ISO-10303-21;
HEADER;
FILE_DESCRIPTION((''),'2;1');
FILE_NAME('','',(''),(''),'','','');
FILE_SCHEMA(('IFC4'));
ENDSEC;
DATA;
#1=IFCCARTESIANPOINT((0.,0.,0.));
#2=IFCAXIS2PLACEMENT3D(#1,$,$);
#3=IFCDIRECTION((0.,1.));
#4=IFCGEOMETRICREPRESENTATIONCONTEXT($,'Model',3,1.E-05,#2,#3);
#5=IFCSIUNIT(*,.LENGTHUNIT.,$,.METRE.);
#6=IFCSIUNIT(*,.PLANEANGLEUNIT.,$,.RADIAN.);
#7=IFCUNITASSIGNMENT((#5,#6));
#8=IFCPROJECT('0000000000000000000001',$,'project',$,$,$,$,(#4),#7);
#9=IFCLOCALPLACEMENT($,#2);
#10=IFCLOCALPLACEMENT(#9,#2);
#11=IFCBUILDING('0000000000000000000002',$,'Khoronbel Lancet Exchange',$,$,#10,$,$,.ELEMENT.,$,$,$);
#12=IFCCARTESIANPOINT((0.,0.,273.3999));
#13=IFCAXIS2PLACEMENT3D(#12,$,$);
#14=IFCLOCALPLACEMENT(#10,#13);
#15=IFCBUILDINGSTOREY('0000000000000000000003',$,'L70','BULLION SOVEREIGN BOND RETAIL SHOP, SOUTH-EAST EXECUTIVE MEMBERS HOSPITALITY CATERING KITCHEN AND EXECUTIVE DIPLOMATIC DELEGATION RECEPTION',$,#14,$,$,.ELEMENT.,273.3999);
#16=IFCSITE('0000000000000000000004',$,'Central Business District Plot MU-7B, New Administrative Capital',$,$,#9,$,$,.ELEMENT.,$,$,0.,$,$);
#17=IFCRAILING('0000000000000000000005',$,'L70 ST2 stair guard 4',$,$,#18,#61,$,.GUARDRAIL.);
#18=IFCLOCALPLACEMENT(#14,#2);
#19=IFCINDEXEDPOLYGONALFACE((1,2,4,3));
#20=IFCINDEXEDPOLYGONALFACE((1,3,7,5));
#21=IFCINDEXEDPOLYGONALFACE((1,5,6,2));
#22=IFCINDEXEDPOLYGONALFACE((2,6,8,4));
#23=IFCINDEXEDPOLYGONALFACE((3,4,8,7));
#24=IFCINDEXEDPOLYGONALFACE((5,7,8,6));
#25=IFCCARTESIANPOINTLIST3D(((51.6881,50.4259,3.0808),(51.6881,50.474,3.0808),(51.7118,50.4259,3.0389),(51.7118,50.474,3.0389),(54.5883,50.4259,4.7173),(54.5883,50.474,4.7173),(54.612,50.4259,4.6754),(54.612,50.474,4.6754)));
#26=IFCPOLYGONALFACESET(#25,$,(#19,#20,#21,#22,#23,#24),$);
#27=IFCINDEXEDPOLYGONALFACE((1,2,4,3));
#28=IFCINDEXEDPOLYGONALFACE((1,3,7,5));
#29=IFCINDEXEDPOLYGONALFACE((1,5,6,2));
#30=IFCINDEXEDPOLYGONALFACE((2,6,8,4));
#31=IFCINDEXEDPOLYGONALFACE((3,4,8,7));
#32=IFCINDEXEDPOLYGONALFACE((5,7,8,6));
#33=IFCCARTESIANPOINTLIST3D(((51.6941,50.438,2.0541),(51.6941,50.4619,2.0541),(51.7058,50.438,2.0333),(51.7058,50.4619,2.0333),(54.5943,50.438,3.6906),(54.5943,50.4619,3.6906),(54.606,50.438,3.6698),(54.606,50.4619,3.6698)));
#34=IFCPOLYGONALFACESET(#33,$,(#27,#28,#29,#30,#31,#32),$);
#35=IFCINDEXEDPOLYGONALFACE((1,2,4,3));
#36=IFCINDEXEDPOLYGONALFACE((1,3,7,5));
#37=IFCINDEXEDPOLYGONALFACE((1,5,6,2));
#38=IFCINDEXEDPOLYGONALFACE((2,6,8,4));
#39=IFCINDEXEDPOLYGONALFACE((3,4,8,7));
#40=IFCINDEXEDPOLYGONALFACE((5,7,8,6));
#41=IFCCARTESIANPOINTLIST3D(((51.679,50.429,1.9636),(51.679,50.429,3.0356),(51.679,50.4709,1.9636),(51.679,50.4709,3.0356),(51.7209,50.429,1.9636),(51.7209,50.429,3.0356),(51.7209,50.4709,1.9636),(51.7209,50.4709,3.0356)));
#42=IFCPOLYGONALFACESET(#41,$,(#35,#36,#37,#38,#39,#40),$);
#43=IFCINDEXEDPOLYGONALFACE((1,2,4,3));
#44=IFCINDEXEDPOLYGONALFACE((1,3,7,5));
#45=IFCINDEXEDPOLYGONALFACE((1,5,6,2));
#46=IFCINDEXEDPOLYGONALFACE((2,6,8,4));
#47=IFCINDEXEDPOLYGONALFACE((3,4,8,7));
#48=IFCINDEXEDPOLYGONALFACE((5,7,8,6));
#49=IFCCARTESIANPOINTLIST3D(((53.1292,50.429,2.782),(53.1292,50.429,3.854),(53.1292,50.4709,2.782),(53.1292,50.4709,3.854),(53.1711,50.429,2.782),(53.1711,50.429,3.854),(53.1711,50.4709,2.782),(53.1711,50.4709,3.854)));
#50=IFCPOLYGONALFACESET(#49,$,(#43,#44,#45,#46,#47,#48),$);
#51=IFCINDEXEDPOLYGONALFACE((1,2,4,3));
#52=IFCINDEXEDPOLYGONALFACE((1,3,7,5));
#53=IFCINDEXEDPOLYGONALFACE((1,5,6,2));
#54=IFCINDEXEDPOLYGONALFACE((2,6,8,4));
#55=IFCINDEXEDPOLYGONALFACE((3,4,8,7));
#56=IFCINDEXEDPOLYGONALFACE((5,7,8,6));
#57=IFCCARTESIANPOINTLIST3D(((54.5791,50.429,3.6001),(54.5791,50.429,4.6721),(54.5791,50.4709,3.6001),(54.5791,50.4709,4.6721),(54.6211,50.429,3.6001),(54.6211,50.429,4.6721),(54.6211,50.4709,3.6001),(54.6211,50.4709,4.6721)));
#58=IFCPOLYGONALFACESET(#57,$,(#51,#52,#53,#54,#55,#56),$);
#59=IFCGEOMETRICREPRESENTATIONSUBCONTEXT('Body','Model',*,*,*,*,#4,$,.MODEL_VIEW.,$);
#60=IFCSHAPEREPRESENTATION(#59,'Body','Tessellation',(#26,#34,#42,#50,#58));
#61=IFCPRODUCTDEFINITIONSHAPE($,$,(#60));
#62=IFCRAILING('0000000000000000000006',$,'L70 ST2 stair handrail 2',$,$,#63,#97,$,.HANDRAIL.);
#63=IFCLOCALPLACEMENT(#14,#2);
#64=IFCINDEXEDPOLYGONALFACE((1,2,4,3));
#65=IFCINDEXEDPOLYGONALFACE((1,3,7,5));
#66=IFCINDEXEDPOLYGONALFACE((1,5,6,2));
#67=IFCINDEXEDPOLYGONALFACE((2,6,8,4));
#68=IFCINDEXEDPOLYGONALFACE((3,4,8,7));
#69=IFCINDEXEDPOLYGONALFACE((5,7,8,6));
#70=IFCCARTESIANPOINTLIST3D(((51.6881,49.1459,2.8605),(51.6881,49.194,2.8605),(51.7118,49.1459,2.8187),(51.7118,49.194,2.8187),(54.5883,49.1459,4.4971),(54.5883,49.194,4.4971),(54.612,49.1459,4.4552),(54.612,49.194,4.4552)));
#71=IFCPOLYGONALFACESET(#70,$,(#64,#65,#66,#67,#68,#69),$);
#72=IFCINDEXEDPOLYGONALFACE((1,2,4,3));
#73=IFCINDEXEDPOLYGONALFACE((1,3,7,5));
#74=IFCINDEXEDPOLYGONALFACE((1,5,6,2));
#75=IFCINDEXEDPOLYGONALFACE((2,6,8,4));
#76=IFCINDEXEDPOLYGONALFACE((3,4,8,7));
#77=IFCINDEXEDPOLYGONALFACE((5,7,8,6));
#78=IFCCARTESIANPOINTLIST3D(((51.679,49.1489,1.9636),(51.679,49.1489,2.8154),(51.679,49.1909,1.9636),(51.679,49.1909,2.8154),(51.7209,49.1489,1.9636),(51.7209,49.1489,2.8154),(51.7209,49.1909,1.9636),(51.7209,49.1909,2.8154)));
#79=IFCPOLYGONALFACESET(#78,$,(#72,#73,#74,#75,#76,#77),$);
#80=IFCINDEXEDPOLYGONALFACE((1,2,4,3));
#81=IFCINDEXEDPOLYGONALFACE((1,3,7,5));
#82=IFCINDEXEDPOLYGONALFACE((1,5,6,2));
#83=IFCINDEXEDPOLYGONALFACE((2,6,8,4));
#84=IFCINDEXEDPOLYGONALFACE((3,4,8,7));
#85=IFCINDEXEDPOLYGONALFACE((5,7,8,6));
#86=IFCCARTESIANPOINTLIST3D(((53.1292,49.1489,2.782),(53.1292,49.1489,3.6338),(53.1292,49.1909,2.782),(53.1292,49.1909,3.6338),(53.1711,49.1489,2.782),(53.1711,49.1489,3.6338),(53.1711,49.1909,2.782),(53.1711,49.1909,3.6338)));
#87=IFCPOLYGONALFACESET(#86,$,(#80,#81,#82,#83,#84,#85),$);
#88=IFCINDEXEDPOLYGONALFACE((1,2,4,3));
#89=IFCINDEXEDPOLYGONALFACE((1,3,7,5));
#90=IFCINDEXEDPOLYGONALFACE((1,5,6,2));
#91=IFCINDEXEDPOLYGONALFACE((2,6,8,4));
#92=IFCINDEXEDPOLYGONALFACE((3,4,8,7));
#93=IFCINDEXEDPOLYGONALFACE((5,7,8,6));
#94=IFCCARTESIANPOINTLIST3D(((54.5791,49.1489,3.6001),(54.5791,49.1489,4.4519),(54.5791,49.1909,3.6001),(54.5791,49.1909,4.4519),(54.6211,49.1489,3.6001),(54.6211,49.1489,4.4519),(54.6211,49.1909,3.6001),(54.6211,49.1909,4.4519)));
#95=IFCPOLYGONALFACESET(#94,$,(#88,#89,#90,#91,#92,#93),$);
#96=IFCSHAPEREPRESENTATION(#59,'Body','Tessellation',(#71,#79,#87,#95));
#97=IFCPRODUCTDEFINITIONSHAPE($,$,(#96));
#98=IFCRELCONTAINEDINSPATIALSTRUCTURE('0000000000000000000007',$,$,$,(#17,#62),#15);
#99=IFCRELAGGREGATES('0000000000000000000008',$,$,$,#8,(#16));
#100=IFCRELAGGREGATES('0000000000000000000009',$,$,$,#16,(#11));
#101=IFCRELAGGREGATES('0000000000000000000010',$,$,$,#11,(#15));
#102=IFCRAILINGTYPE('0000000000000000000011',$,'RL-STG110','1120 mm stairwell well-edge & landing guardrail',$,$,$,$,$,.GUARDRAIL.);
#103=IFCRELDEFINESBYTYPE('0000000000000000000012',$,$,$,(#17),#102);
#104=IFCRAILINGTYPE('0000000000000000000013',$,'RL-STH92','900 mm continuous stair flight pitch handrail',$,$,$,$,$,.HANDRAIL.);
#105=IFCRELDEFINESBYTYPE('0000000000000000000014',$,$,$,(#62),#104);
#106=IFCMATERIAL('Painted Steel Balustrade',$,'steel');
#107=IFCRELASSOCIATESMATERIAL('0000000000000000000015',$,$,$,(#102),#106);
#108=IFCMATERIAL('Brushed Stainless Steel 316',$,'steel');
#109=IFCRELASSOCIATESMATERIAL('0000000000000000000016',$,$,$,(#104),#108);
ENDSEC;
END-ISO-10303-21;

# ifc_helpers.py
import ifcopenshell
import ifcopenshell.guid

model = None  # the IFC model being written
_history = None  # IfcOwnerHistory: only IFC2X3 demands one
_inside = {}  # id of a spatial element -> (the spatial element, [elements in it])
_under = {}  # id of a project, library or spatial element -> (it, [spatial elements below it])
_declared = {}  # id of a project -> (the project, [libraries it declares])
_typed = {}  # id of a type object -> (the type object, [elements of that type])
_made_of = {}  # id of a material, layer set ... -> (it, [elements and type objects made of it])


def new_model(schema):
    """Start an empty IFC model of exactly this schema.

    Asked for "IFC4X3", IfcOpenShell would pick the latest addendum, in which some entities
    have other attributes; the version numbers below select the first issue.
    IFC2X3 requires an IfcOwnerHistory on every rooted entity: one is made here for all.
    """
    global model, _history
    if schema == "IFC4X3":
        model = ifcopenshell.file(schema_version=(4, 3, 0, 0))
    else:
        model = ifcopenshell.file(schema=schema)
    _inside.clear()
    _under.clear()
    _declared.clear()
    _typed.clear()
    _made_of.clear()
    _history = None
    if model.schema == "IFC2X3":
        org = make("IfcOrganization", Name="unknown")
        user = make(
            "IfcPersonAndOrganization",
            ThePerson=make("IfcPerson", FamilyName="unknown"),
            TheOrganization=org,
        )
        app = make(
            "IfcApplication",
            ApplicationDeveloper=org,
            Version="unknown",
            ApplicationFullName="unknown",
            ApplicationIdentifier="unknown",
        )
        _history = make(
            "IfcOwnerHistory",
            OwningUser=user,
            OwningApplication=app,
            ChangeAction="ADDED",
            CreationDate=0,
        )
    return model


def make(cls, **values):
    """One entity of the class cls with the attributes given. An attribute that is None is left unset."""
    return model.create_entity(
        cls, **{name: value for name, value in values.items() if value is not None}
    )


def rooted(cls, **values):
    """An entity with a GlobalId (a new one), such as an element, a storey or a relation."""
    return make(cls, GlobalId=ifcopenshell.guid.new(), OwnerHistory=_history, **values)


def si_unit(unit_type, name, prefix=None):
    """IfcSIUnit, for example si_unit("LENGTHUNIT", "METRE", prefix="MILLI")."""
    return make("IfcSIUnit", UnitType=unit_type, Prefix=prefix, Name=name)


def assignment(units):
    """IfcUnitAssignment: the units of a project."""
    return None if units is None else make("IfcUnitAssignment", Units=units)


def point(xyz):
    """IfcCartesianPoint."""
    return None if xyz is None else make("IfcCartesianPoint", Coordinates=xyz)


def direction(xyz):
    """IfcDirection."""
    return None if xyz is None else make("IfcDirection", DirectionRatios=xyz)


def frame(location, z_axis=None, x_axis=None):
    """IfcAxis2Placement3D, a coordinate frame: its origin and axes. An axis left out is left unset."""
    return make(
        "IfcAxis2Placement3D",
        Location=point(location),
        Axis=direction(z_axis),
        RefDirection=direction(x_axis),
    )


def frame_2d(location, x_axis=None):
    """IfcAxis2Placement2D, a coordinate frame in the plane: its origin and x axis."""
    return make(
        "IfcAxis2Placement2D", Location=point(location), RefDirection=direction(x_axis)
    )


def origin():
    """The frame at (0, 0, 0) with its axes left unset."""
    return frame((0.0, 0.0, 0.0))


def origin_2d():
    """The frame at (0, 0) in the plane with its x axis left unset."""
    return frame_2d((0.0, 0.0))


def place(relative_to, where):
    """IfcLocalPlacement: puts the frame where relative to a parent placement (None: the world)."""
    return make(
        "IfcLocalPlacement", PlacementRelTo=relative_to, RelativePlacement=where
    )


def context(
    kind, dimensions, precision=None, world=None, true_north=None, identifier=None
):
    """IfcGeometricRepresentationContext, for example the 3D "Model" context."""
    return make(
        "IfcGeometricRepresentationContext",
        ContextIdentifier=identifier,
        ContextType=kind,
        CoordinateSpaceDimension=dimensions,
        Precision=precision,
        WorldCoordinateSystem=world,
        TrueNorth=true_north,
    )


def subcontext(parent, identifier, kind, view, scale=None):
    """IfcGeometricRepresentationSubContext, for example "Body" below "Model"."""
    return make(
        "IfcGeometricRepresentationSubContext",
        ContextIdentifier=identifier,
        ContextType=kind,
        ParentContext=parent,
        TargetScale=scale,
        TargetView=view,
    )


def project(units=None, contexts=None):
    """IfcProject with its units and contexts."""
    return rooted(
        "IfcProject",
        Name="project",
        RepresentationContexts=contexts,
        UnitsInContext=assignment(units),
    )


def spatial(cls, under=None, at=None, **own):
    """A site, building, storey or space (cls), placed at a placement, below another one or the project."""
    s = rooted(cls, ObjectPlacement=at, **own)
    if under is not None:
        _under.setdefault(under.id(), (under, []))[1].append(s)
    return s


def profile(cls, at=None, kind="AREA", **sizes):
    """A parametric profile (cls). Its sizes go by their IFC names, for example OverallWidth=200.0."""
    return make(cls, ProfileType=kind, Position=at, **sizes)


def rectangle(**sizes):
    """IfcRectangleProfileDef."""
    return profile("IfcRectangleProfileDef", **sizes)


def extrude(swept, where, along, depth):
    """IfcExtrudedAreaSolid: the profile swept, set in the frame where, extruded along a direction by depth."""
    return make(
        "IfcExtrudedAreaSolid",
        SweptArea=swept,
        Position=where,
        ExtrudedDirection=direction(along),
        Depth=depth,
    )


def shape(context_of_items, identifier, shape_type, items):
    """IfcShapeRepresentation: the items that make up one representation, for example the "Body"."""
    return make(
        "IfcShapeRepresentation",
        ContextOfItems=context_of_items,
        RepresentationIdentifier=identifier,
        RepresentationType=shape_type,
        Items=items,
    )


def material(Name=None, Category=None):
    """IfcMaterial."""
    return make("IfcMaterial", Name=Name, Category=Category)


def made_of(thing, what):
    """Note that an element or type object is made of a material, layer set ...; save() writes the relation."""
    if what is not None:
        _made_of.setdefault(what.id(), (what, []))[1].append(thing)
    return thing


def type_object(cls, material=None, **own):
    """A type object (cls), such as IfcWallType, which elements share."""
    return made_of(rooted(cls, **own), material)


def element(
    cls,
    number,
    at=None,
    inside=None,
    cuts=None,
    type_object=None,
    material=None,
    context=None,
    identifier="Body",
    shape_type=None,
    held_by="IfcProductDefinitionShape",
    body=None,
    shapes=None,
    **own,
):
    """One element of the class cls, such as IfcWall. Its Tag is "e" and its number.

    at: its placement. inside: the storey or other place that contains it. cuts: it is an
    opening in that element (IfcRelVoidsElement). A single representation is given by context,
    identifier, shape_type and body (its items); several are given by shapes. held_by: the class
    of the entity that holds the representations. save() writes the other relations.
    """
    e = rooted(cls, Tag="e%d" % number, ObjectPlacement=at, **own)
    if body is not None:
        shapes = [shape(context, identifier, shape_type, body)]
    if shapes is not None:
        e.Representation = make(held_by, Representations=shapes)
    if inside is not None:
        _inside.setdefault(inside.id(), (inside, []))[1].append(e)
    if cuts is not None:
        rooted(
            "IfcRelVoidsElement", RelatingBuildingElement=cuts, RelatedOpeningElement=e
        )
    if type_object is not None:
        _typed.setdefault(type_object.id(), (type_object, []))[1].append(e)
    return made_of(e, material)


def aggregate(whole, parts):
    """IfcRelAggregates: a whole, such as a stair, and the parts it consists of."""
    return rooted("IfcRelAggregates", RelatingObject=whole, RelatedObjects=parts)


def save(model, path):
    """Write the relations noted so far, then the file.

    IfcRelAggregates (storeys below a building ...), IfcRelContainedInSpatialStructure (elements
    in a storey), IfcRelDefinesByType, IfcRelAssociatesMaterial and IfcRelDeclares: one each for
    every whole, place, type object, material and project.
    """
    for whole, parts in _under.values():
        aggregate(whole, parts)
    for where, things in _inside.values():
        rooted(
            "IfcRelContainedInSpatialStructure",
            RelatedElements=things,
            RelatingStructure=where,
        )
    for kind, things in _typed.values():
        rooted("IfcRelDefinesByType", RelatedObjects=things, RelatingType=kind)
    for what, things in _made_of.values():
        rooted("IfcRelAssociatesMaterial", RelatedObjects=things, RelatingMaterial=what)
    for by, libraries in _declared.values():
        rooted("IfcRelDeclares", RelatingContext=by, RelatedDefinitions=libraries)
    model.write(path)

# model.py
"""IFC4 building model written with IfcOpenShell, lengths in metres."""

from ifc_helpers import new_model, si_unit, direction, frame, origin, origin_2d, place, context, subcontext, project, spatial, rectangle, extrude, material, type_object, element, save


model = new_model("IFC4")

# Units and contexts
model_context = context("Model", 3, precision=1e-05, world=origin(), true_north=direction((0.0, 1.0)))
body_context = subcontext(model_context, "Body", "Model", "MODEL_VIEW")
ifc_project = project(units=[si_unit("LENGTHUNIT", "METRE"), si_unit("PLANEANGLEUNIT", "RADIAN")], contexts=[model_context])

# Site, building, storey
site_placement = place(None, origin())
site = spatial("IfcSite", under=ifc_project, at=site_placement, Name="Central Business District Plot MU-7B, New Administrative Capital", CompositionType="ELEMENT", RefElevation=0.0)
building_placement = place(site_placement, origin())
building = spatial("IfcBuilding", under=site, at=building_placement, Name="Khoronbel Lancet Exchange", CompositionType="ELEMENT")
storey_placement = place(building_placement, frame((0.0, 0.0, 273.3999)))
storey = spatial("IfcBuildingStorey", under=building, at=storey_placement, Name="L70", Description="BULLION SOVEREIGN BOND RETAIL SHOP, SOUTH-EAST EXECUTIVE MEMBERS HOSPITALITY CATERING KITCHEN AND EXECUTIVE DIPLOMATIC DELEGATION RECEPTION", CompositionType="ELEMENT", Elevation=273.3999)

# Railings
ifc_material_1 = material(Name="Painted Steel Balustrade", Category="steel")
railing_type_1 = type_object("IfcRailingType", Name="RL-STG110", Description="1120 mm stairwell well-edge & landing guardrail", PredefinedType="GUARDRAIL", material=ifc_material_1)
railing_1_placement = place(storey_placement, frame((51.7, 50.45, 1.9636)))
element("IfcRailing", 1, at=railing_1_placement, inside=storey, type_object=railing_type_1, Name="L70 ST2 stair guard 4", PredefinedType="GUARDRAIL", context=body_context, shape_type="SweptSolid", body=[
    extrude(rectangle(XDim=0.0481, YDim=0.0481, at=origin_2d()), frame((0.0, 0.0, 1.0962), z_axis=(0.870915, 0.0, 0.491434), x_axis=(0.0, 1.0, 0.0)), (0.0, 0.0, 1.0), 3.3301),
    extrude(rectangle(XDim=0.0239, YDim=0.0239, at=origin_2d()), frame((0.0, 0.0, 0.0801), z_axis=(0.870915, 0.0, 0.491434), x_axis=(0.0, 1.0, 0.0)), (0.0, 0.0, 1.0), 3.3301),
    extrude(rectangle(XDim=0.042, YDim=0.042, at=origin_2d()), origin(), (0.0, 0.0, 1.0), 1.072),
    extrude(rectangle(XDim=0.042, YDim=0.042, at=origin_2d()), frame((1.4502, 0.0, 0.8184)), (0.0, 0.0, 1.0), 1.072),
    extrude(rectangle(XDim=0.042, YDim=0.042, at=origin_2d()), frame((2.9001, 0.0, 1.6365)), (0.0, 0.0, 1.0), 1.072),
])
ifc_material_2 = material(Name="Brushed Stainless Steel 316", Category="steel")
railing_type_2 = type_object("IfcRailingType", Name="RL-STH92", Description="900 mm continuous stair flight pitch handrail", PredefinedType="HANDRAIL", material=ifc_material_2)
railing_2_placement = place(storey_placement, frame((51.7, 49.1699, 1.9636)))
element("IfcRailing", 2, at=railing_2_placement, inside=storey, type_object=railing_type_2, Name="L70 ST2 stair handrail 2", PredefinedType="HANDRAIL", context=body_context, shape_type="SweptSolid", body=[
    extrude(rectangle(XDim=0.0481, YDim=0.0481, at=origin_2d()), frame((0.0, 0.0, 0.876), z_axis=(0.870915, 0.0, 0.491434), x_axis=(0.0, 1.0, 0.0)), (0.0, 0.0, 1.0), 3.3301),
    extrude(rectangle(XDim=0.042, YDim=0.042, at=origin_2d()), origin(), (0.0, 0.0, 1.0), 0.8518),
    extrude(rectangle(XDim=0.042, YDim=0.042, at=origin_2d()), frame((1.4502, 0.0, 0.8184)), (0.0, 0.0, 1.0), 0.8518),
    extrude(rectangle(XDim=0.042, YDim=0.042, at=origin_2d()), frame((2.9001, 0.0, 1.6365)), (0.0, 0.0, 1.0), 0.8518),
])

save(model, "model.ifc")
